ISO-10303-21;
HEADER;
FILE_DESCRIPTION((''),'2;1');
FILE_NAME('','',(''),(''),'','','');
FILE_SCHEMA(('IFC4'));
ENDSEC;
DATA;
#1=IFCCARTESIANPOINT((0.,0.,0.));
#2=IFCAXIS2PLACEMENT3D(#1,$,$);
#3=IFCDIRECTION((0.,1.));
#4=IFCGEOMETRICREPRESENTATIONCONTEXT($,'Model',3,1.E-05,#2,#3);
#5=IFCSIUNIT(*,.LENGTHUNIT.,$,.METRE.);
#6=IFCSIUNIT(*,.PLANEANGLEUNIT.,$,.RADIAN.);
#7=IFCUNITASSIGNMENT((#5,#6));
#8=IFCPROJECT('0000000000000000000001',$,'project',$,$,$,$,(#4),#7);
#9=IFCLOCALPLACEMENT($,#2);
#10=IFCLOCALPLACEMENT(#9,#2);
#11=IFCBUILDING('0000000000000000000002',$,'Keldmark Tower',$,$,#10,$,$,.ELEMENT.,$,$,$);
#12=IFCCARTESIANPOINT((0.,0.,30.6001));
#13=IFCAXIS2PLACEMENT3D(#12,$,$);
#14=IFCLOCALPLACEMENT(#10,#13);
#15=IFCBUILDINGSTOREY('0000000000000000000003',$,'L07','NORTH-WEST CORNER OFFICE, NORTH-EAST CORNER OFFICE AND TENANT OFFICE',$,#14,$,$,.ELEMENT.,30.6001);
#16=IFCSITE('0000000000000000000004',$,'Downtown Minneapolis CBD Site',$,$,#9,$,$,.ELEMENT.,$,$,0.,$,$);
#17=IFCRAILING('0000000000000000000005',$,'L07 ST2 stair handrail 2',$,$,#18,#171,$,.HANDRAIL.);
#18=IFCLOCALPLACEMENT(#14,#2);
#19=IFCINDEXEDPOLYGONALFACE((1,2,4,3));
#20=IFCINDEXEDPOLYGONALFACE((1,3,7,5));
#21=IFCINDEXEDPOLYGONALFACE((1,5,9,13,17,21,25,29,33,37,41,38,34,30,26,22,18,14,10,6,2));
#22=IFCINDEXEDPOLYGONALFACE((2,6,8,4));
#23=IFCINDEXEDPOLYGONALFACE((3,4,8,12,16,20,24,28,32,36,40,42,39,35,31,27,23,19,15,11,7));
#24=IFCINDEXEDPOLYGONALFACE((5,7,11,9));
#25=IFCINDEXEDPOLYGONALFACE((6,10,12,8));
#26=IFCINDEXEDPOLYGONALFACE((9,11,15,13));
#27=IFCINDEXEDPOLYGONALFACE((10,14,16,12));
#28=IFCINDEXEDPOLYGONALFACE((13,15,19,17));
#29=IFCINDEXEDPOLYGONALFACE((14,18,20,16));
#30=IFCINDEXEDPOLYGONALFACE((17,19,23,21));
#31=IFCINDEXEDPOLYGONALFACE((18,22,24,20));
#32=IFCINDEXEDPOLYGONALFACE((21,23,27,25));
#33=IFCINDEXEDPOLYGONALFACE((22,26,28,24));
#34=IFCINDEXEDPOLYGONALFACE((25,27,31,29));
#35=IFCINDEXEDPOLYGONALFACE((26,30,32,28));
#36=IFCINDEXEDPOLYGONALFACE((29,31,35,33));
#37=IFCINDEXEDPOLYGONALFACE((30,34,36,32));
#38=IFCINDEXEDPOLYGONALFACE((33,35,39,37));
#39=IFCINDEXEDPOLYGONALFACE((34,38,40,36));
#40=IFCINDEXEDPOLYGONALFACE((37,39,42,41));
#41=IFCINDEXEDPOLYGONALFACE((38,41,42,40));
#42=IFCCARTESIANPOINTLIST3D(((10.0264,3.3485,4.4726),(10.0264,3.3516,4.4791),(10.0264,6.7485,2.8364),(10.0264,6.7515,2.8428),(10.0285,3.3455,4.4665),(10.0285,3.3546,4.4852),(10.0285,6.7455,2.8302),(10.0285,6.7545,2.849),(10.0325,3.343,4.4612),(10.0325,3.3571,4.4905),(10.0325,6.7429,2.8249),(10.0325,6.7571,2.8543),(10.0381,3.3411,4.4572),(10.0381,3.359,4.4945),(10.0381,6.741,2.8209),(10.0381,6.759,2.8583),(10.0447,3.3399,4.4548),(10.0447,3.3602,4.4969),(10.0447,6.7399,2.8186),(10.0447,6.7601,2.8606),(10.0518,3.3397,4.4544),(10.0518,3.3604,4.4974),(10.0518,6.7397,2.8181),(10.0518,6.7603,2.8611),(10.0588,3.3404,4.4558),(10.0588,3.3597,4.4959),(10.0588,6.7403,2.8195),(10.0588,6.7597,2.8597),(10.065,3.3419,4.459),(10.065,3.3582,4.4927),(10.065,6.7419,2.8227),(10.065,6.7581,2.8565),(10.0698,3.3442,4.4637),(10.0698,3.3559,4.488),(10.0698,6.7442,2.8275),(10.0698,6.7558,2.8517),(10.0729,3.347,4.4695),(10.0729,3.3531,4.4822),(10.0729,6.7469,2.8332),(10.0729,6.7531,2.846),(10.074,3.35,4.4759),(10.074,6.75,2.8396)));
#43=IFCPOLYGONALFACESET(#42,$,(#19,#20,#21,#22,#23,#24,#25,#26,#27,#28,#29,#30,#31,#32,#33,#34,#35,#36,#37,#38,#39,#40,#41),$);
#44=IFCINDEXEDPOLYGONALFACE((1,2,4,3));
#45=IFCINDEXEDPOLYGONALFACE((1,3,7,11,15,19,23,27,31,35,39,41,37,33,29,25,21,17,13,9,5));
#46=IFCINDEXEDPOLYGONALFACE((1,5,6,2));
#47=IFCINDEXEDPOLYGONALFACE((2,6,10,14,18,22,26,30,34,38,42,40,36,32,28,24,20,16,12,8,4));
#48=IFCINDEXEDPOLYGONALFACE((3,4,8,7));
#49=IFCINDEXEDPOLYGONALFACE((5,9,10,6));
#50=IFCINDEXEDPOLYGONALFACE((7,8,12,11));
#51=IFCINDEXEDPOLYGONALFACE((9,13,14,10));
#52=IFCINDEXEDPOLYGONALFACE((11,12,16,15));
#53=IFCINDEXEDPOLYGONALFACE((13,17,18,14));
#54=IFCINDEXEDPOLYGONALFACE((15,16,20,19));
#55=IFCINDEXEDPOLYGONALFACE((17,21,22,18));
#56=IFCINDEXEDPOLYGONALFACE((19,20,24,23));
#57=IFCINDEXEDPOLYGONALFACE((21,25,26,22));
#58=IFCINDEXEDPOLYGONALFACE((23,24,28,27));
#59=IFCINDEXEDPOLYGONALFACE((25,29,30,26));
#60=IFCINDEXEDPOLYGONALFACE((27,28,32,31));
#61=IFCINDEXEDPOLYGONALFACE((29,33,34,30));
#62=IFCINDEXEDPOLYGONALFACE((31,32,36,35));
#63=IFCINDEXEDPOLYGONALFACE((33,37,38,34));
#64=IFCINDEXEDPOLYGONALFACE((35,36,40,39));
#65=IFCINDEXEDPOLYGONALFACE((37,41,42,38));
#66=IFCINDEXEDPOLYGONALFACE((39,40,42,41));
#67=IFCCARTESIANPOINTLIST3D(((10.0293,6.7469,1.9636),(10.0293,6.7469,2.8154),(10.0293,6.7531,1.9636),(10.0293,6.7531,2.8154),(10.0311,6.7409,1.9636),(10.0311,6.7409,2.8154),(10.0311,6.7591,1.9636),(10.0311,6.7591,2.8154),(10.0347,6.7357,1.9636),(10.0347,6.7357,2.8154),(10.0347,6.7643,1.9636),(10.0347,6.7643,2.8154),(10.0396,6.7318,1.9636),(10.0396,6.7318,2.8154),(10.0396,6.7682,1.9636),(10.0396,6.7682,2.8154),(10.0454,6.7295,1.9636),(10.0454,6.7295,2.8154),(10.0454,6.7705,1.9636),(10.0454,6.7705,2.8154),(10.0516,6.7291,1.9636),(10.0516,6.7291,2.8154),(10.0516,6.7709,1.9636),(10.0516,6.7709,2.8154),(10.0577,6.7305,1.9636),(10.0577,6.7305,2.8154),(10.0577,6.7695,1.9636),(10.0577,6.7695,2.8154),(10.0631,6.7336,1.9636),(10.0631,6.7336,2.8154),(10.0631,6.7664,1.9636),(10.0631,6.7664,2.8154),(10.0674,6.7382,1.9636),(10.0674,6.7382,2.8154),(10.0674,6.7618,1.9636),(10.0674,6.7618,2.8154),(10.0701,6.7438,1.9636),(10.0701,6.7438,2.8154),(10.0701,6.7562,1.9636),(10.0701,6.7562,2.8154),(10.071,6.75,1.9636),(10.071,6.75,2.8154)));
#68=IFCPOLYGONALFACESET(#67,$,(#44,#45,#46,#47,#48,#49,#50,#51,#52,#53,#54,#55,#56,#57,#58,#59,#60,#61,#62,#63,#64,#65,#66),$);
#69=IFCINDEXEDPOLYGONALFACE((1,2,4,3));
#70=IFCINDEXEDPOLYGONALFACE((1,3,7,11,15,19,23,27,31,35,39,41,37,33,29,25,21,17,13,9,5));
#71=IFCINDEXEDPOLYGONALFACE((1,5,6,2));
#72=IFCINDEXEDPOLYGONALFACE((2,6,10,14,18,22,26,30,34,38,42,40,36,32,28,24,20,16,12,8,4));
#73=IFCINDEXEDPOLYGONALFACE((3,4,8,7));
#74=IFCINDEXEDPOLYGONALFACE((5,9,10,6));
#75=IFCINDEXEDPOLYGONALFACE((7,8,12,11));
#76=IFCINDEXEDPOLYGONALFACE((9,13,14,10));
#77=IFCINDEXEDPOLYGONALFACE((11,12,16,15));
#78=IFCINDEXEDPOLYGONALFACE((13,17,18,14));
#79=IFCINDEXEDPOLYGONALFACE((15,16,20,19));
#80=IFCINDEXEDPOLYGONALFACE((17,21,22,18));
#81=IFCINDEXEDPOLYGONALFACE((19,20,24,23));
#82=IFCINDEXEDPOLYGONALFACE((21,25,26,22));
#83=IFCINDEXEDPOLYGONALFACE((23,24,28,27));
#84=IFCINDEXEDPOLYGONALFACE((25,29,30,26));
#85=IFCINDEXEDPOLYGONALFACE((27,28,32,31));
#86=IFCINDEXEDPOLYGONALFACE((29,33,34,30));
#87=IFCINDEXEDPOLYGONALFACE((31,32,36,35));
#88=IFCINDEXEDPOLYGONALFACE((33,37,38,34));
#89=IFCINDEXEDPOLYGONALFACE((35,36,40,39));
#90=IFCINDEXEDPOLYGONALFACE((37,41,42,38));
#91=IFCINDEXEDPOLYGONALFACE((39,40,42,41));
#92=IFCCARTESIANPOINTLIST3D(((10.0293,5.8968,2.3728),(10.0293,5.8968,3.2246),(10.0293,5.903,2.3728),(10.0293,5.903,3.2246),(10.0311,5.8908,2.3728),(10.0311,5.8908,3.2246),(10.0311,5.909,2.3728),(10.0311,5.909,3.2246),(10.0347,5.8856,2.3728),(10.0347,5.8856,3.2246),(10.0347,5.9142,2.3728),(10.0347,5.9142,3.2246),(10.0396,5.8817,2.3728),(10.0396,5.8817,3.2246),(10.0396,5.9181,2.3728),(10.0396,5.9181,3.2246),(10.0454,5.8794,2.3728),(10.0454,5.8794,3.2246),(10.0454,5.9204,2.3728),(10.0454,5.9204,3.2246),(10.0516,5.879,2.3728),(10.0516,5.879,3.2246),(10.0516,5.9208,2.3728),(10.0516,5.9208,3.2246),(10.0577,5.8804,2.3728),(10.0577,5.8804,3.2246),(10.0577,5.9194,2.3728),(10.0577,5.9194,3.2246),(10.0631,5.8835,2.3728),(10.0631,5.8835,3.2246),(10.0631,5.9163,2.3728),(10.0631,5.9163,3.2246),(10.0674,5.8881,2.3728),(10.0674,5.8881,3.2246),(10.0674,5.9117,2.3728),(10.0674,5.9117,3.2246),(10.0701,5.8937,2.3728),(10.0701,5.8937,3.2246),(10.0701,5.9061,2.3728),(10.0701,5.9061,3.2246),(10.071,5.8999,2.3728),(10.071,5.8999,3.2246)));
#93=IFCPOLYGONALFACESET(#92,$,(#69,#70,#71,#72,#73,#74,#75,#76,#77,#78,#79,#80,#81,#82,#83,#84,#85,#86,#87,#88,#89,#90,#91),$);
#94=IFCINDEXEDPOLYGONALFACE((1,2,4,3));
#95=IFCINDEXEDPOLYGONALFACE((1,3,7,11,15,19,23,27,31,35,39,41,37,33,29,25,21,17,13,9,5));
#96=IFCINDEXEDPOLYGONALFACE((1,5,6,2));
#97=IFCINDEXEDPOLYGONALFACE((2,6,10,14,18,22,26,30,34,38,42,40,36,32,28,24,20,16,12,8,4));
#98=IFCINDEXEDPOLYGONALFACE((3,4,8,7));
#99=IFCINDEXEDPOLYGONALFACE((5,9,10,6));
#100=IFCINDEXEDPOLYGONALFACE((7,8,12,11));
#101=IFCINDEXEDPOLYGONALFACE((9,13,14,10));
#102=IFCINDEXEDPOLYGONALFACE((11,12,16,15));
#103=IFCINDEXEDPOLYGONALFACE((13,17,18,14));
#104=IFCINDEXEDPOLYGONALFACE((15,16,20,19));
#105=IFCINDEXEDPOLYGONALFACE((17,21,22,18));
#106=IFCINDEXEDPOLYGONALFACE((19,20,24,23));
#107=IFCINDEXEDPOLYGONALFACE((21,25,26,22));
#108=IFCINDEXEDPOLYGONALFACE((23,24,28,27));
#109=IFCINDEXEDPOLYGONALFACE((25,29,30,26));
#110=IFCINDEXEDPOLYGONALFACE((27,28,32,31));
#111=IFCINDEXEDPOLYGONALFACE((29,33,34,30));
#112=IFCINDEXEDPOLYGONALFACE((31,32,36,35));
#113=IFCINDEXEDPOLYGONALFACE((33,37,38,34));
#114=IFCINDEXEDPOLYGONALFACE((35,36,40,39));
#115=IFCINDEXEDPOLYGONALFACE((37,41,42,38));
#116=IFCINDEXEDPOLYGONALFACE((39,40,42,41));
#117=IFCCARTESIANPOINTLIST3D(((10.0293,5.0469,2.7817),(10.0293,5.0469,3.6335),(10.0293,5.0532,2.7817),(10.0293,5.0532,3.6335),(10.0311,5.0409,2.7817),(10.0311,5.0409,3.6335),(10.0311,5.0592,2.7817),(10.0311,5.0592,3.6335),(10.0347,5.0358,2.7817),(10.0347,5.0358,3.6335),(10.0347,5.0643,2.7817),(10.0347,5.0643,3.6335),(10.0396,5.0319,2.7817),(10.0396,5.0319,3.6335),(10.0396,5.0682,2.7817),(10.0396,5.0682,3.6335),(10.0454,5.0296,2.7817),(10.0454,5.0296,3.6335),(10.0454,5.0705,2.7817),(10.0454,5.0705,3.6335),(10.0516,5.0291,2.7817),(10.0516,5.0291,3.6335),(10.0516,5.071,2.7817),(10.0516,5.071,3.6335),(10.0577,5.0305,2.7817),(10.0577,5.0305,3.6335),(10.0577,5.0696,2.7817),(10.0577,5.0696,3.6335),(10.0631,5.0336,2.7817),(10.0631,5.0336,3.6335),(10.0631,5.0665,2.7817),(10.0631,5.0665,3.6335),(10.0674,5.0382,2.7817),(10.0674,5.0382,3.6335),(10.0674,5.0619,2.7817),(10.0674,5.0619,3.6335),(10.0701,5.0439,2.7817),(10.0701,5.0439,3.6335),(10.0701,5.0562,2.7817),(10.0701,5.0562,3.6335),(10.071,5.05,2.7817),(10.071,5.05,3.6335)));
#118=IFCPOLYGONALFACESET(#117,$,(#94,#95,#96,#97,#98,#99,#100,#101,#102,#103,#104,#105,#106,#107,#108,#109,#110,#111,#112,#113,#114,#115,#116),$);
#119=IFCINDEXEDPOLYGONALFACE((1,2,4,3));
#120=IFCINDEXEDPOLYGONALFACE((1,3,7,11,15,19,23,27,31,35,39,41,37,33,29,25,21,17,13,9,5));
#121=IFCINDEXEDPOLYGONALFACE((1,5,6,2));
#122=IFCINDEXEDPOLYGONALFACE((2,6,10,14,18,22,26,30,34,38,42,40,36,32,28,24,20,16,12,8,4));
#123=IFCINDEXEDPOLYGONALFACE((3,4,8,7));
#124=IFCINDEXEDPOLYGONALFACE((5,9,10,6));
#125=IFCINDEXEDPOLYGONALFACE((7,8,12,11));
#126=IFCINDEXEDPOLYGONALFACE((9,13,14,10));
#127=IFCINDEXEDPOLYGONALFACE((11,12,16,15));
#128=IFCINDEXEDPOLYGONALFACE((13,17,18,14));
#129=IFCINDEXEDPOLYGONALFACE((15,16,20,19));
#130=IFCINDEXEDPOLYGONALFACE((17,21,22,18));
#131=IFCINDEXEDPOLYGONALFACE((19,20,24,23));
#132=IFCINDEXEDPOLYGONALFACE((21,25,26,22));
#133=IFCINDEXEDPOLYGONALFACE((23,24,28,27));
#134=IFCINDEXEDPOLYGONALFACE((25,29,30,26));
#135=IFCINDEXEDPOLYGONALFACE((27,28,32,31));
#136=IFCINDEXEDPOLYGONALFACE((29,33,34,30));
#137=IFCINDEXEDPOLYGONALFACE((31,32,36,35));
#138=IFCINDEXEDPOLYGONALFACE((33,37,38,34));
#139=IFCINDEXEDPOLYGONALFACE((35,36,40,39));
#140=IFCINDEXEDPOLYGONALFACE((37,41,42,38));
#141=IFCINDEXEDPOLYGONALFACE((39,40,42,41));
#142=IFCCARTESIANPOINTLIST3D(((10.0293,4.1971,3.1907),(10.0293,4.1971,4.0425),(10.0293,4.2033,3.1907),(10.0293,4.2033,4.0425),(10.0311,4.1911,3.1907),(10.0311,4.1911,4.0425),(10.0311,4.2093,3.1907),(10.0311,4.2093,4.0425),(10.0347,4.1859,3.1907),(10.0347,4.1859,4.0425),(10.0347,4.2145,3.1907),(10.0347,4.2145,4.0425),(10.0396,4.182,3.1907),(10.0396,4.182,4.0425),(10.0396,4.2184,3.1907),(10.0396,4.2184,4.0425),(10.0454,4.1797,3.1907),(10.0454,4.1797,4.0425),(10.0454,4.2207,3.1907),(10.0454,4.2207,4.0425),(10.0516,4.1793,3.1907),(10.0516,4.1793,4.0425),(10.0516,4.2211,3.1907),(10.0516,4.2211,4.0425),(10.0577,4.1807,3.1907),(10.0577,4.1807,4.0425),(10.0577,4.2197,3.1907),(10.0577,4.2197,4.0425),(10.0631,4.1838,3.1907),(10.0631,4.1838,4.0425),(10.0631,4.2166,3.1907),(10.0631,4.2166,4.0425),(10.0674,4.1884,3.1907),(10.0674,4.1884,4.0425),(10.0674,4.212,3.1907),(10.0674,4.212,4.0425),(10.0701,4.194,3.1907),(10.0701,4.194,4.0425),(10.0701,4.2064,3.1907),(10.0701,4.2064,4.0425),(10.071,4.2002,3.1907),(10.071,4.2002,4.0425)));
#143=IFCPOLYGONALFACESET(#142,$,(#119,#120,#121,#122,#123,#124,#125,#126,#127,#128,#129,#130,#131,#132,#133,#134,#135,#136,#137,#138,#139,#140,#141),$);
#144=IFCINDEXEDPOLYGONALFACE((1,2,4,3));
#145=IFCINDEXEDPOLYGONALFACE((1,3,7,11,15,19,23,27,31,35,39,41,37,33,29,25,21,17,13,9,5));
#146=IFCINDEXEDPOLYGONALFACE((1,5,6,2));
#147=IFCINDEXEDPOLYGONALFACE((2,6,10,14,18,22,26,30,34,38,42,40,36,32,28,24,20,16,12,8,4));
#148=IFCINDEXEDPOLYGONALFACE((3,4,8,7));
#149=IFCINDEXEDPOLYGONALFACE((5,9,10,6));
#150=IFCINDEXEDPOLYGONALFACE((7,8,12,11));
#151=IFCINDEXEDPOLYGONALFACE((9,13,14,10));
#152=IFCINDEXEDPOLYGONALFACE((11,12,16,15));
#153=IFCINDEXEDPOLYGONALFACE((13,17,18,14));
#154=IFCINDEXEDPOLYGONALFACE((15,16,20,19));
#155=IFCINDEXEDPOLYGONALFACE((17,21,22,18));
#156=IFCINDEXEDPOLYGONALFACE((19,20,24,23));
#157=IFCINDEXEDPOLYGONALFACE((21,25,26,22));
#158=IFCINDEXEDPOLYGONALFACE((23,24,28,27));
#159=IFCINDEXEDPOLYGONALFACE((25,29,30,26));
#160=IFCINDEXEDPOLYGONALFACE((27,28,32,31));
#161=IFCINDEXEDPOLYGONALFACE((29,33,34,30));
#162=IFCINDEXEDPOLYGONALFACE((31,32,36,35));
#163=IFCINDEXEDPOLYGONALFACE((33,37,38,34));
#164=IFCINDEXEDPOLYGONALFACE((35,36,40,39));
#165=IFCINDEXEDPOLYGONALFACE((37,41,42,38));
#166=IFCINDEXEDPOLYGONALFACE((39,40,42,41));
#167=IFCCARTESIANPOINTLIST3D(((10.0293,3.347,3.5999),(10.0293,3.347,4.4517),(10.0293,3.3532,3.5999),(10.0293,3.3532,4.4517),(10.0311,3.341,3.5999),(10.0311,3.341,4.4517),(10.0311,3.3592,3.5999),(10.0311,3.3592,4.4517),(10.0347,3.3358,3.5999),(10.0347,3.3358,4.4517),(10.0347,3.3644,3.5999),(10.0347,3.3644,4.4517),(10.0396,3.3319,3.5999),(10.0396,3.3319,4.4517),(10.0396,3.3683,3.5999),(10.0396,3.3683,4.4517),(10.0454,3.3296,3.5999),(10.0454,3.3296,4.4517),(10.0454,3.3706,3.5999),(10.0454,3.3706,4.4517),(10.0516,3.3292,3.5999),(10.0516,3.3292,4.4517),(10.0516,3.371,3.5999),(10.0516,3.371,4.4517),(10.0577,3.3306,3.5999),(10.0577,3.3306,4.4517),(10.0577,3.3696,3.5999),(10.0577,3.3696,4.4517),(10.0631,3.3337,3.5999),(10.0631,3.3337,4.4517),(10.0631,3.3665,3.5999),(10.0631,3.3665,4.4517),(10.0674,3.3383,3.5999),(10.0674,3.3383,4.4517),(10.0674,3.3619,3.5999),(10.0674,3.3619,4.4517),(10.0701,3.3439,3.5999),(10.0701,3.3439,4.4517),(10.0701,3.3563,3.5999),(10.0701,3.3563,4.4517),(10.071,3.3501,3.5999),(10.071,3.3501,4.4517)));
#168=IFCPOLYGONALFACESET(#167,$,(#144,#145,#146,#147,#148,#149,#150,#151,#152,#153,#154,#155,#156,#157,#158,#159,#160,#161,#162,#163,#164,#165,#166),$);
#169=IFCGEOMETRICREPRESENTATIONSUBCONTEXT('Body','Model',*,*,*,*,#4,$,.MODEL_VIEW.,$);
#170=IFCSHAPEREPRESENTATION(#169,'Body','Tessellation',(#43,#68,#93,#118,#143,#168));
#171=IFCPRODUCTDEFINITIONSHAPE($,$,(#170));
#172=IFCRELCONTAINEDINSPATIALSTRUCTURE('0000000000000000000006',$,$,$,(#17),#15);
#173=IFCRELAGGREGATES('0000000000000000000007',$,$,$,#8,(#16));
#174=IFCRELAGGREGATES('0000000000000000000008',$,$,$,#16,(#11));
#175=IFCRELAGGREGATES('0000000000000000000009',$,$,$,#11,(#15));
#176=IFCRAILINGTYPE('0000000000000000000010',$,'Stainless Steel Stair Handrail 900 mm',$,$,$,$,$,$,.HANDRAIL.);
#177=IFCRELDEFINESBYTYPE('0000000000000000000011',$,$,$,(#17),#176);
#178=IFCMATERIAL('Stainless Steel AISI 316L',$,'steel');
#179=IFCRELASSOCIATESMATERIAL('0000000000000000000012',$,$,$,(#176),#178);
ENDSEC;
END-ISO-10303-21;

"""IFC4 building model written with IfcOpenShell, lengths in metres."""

from ifc_helpers import new_model, si_unit, direction, frame, origin, origin_2d, place, context, subcontext, project, spatial, circle, extrude, material, type_object, element, save


model = new_model("IFC4")

# Units and contexts
model_context = context("Model", 3, precision=1e-05, world=origin(), true_north=direction((0.0, 1.0)))
body_context = subcontext(model_context, "Body", "Model", "MODEL_VIEW")
ifc_project = project(units=[si_unit("LENGTHUNIT", "METRE"), si_unit("PLANEANGLEUNIT", "RADIAN")], contexts=[model_context])

# Site, building, storey
site_placement = place(None, origin())
site = spatial("IfcSite", under=ifc_project, at=site_placement, Name="Downtown Minneapolis CBD Site", CompositionType="ELEMENT", RefElevation=0.0)
building_placement = place(site_placement, origin())
building = spatial("IfcBuilding", under=site, at=building_placement, Name="Keldmark Tower", CompositionType="ELEMENT")
storey_placement = place(building_placement, frame((0.0, 0.0, 30.6001)))
storey = spatial("IfcBuildingStorey", under=building, at=storey_placement, Name="L07", Description="NORTH-WEST CORNER OFFICE, NORTH-EAST CORNER OFFICE AND TENANT OFFICE", CompositionType="ELEMENT", Elevation=30.6001)

# Railing
ifc_material_1 = material(Name="Stainless Steel AISI 316L", Category="steel")
railing_type_1 = type_object("IfcRailingType", Name="Stainless Steel Stair Handrail 900 mm", PredefinedType="HANDRAIL", material=ifc_material_1)
railing_1_placement = place(storey_placement, frame((10.05, 6.75, 1.9636)))
element("IfcRailing", 1, at=railing_1_placement, inside=storey, type_object=railing_type_1, Name="L07 ST2 stair handrail 2", PredefinedType="HANDRAIL", context=body_context, shape_type="SweptSolid", body=[
    extrude(circle(Radius=0.0239, at=origin_2d()), frame((0.0, 0.0, 0.876), z_axis=(0.0, -0.90108, 0.433652), x_axis=(1.0, 0.0, 0.0)), (0.0, 0.0, 1.0), 3.7732),
    extrude(circle(Radius=0.021, at=origin_2d()), origin(), (0.0, 0.0, 1.0), 0.8518),
    extrude(circle(Radius=0.021, at=origin_2d()), frame((0.0, -0.8501, 0.4092)), (0.0, 0.0, 1.0), 0.8518),
    extrude(circle(Radius=0.021, at=origin_2d()), frame((0.0, -1.7, 0.8181)), (0.0, 0.0, 1.0), 0.8518),
    extrude(circle(Radius=0.021, at=origin_2d()), frame((0.0, -2.5498, 1.2271)), (0.0, 0.0, 1.0), 0.8518),
    extrude(circle(Radius=0.021, at=origin_2d()), frame((0.0, -3.3999, 1.6362)), (0.0, 0.0, 1.0), 0.8518),
])

save(model, "model.ifc")
